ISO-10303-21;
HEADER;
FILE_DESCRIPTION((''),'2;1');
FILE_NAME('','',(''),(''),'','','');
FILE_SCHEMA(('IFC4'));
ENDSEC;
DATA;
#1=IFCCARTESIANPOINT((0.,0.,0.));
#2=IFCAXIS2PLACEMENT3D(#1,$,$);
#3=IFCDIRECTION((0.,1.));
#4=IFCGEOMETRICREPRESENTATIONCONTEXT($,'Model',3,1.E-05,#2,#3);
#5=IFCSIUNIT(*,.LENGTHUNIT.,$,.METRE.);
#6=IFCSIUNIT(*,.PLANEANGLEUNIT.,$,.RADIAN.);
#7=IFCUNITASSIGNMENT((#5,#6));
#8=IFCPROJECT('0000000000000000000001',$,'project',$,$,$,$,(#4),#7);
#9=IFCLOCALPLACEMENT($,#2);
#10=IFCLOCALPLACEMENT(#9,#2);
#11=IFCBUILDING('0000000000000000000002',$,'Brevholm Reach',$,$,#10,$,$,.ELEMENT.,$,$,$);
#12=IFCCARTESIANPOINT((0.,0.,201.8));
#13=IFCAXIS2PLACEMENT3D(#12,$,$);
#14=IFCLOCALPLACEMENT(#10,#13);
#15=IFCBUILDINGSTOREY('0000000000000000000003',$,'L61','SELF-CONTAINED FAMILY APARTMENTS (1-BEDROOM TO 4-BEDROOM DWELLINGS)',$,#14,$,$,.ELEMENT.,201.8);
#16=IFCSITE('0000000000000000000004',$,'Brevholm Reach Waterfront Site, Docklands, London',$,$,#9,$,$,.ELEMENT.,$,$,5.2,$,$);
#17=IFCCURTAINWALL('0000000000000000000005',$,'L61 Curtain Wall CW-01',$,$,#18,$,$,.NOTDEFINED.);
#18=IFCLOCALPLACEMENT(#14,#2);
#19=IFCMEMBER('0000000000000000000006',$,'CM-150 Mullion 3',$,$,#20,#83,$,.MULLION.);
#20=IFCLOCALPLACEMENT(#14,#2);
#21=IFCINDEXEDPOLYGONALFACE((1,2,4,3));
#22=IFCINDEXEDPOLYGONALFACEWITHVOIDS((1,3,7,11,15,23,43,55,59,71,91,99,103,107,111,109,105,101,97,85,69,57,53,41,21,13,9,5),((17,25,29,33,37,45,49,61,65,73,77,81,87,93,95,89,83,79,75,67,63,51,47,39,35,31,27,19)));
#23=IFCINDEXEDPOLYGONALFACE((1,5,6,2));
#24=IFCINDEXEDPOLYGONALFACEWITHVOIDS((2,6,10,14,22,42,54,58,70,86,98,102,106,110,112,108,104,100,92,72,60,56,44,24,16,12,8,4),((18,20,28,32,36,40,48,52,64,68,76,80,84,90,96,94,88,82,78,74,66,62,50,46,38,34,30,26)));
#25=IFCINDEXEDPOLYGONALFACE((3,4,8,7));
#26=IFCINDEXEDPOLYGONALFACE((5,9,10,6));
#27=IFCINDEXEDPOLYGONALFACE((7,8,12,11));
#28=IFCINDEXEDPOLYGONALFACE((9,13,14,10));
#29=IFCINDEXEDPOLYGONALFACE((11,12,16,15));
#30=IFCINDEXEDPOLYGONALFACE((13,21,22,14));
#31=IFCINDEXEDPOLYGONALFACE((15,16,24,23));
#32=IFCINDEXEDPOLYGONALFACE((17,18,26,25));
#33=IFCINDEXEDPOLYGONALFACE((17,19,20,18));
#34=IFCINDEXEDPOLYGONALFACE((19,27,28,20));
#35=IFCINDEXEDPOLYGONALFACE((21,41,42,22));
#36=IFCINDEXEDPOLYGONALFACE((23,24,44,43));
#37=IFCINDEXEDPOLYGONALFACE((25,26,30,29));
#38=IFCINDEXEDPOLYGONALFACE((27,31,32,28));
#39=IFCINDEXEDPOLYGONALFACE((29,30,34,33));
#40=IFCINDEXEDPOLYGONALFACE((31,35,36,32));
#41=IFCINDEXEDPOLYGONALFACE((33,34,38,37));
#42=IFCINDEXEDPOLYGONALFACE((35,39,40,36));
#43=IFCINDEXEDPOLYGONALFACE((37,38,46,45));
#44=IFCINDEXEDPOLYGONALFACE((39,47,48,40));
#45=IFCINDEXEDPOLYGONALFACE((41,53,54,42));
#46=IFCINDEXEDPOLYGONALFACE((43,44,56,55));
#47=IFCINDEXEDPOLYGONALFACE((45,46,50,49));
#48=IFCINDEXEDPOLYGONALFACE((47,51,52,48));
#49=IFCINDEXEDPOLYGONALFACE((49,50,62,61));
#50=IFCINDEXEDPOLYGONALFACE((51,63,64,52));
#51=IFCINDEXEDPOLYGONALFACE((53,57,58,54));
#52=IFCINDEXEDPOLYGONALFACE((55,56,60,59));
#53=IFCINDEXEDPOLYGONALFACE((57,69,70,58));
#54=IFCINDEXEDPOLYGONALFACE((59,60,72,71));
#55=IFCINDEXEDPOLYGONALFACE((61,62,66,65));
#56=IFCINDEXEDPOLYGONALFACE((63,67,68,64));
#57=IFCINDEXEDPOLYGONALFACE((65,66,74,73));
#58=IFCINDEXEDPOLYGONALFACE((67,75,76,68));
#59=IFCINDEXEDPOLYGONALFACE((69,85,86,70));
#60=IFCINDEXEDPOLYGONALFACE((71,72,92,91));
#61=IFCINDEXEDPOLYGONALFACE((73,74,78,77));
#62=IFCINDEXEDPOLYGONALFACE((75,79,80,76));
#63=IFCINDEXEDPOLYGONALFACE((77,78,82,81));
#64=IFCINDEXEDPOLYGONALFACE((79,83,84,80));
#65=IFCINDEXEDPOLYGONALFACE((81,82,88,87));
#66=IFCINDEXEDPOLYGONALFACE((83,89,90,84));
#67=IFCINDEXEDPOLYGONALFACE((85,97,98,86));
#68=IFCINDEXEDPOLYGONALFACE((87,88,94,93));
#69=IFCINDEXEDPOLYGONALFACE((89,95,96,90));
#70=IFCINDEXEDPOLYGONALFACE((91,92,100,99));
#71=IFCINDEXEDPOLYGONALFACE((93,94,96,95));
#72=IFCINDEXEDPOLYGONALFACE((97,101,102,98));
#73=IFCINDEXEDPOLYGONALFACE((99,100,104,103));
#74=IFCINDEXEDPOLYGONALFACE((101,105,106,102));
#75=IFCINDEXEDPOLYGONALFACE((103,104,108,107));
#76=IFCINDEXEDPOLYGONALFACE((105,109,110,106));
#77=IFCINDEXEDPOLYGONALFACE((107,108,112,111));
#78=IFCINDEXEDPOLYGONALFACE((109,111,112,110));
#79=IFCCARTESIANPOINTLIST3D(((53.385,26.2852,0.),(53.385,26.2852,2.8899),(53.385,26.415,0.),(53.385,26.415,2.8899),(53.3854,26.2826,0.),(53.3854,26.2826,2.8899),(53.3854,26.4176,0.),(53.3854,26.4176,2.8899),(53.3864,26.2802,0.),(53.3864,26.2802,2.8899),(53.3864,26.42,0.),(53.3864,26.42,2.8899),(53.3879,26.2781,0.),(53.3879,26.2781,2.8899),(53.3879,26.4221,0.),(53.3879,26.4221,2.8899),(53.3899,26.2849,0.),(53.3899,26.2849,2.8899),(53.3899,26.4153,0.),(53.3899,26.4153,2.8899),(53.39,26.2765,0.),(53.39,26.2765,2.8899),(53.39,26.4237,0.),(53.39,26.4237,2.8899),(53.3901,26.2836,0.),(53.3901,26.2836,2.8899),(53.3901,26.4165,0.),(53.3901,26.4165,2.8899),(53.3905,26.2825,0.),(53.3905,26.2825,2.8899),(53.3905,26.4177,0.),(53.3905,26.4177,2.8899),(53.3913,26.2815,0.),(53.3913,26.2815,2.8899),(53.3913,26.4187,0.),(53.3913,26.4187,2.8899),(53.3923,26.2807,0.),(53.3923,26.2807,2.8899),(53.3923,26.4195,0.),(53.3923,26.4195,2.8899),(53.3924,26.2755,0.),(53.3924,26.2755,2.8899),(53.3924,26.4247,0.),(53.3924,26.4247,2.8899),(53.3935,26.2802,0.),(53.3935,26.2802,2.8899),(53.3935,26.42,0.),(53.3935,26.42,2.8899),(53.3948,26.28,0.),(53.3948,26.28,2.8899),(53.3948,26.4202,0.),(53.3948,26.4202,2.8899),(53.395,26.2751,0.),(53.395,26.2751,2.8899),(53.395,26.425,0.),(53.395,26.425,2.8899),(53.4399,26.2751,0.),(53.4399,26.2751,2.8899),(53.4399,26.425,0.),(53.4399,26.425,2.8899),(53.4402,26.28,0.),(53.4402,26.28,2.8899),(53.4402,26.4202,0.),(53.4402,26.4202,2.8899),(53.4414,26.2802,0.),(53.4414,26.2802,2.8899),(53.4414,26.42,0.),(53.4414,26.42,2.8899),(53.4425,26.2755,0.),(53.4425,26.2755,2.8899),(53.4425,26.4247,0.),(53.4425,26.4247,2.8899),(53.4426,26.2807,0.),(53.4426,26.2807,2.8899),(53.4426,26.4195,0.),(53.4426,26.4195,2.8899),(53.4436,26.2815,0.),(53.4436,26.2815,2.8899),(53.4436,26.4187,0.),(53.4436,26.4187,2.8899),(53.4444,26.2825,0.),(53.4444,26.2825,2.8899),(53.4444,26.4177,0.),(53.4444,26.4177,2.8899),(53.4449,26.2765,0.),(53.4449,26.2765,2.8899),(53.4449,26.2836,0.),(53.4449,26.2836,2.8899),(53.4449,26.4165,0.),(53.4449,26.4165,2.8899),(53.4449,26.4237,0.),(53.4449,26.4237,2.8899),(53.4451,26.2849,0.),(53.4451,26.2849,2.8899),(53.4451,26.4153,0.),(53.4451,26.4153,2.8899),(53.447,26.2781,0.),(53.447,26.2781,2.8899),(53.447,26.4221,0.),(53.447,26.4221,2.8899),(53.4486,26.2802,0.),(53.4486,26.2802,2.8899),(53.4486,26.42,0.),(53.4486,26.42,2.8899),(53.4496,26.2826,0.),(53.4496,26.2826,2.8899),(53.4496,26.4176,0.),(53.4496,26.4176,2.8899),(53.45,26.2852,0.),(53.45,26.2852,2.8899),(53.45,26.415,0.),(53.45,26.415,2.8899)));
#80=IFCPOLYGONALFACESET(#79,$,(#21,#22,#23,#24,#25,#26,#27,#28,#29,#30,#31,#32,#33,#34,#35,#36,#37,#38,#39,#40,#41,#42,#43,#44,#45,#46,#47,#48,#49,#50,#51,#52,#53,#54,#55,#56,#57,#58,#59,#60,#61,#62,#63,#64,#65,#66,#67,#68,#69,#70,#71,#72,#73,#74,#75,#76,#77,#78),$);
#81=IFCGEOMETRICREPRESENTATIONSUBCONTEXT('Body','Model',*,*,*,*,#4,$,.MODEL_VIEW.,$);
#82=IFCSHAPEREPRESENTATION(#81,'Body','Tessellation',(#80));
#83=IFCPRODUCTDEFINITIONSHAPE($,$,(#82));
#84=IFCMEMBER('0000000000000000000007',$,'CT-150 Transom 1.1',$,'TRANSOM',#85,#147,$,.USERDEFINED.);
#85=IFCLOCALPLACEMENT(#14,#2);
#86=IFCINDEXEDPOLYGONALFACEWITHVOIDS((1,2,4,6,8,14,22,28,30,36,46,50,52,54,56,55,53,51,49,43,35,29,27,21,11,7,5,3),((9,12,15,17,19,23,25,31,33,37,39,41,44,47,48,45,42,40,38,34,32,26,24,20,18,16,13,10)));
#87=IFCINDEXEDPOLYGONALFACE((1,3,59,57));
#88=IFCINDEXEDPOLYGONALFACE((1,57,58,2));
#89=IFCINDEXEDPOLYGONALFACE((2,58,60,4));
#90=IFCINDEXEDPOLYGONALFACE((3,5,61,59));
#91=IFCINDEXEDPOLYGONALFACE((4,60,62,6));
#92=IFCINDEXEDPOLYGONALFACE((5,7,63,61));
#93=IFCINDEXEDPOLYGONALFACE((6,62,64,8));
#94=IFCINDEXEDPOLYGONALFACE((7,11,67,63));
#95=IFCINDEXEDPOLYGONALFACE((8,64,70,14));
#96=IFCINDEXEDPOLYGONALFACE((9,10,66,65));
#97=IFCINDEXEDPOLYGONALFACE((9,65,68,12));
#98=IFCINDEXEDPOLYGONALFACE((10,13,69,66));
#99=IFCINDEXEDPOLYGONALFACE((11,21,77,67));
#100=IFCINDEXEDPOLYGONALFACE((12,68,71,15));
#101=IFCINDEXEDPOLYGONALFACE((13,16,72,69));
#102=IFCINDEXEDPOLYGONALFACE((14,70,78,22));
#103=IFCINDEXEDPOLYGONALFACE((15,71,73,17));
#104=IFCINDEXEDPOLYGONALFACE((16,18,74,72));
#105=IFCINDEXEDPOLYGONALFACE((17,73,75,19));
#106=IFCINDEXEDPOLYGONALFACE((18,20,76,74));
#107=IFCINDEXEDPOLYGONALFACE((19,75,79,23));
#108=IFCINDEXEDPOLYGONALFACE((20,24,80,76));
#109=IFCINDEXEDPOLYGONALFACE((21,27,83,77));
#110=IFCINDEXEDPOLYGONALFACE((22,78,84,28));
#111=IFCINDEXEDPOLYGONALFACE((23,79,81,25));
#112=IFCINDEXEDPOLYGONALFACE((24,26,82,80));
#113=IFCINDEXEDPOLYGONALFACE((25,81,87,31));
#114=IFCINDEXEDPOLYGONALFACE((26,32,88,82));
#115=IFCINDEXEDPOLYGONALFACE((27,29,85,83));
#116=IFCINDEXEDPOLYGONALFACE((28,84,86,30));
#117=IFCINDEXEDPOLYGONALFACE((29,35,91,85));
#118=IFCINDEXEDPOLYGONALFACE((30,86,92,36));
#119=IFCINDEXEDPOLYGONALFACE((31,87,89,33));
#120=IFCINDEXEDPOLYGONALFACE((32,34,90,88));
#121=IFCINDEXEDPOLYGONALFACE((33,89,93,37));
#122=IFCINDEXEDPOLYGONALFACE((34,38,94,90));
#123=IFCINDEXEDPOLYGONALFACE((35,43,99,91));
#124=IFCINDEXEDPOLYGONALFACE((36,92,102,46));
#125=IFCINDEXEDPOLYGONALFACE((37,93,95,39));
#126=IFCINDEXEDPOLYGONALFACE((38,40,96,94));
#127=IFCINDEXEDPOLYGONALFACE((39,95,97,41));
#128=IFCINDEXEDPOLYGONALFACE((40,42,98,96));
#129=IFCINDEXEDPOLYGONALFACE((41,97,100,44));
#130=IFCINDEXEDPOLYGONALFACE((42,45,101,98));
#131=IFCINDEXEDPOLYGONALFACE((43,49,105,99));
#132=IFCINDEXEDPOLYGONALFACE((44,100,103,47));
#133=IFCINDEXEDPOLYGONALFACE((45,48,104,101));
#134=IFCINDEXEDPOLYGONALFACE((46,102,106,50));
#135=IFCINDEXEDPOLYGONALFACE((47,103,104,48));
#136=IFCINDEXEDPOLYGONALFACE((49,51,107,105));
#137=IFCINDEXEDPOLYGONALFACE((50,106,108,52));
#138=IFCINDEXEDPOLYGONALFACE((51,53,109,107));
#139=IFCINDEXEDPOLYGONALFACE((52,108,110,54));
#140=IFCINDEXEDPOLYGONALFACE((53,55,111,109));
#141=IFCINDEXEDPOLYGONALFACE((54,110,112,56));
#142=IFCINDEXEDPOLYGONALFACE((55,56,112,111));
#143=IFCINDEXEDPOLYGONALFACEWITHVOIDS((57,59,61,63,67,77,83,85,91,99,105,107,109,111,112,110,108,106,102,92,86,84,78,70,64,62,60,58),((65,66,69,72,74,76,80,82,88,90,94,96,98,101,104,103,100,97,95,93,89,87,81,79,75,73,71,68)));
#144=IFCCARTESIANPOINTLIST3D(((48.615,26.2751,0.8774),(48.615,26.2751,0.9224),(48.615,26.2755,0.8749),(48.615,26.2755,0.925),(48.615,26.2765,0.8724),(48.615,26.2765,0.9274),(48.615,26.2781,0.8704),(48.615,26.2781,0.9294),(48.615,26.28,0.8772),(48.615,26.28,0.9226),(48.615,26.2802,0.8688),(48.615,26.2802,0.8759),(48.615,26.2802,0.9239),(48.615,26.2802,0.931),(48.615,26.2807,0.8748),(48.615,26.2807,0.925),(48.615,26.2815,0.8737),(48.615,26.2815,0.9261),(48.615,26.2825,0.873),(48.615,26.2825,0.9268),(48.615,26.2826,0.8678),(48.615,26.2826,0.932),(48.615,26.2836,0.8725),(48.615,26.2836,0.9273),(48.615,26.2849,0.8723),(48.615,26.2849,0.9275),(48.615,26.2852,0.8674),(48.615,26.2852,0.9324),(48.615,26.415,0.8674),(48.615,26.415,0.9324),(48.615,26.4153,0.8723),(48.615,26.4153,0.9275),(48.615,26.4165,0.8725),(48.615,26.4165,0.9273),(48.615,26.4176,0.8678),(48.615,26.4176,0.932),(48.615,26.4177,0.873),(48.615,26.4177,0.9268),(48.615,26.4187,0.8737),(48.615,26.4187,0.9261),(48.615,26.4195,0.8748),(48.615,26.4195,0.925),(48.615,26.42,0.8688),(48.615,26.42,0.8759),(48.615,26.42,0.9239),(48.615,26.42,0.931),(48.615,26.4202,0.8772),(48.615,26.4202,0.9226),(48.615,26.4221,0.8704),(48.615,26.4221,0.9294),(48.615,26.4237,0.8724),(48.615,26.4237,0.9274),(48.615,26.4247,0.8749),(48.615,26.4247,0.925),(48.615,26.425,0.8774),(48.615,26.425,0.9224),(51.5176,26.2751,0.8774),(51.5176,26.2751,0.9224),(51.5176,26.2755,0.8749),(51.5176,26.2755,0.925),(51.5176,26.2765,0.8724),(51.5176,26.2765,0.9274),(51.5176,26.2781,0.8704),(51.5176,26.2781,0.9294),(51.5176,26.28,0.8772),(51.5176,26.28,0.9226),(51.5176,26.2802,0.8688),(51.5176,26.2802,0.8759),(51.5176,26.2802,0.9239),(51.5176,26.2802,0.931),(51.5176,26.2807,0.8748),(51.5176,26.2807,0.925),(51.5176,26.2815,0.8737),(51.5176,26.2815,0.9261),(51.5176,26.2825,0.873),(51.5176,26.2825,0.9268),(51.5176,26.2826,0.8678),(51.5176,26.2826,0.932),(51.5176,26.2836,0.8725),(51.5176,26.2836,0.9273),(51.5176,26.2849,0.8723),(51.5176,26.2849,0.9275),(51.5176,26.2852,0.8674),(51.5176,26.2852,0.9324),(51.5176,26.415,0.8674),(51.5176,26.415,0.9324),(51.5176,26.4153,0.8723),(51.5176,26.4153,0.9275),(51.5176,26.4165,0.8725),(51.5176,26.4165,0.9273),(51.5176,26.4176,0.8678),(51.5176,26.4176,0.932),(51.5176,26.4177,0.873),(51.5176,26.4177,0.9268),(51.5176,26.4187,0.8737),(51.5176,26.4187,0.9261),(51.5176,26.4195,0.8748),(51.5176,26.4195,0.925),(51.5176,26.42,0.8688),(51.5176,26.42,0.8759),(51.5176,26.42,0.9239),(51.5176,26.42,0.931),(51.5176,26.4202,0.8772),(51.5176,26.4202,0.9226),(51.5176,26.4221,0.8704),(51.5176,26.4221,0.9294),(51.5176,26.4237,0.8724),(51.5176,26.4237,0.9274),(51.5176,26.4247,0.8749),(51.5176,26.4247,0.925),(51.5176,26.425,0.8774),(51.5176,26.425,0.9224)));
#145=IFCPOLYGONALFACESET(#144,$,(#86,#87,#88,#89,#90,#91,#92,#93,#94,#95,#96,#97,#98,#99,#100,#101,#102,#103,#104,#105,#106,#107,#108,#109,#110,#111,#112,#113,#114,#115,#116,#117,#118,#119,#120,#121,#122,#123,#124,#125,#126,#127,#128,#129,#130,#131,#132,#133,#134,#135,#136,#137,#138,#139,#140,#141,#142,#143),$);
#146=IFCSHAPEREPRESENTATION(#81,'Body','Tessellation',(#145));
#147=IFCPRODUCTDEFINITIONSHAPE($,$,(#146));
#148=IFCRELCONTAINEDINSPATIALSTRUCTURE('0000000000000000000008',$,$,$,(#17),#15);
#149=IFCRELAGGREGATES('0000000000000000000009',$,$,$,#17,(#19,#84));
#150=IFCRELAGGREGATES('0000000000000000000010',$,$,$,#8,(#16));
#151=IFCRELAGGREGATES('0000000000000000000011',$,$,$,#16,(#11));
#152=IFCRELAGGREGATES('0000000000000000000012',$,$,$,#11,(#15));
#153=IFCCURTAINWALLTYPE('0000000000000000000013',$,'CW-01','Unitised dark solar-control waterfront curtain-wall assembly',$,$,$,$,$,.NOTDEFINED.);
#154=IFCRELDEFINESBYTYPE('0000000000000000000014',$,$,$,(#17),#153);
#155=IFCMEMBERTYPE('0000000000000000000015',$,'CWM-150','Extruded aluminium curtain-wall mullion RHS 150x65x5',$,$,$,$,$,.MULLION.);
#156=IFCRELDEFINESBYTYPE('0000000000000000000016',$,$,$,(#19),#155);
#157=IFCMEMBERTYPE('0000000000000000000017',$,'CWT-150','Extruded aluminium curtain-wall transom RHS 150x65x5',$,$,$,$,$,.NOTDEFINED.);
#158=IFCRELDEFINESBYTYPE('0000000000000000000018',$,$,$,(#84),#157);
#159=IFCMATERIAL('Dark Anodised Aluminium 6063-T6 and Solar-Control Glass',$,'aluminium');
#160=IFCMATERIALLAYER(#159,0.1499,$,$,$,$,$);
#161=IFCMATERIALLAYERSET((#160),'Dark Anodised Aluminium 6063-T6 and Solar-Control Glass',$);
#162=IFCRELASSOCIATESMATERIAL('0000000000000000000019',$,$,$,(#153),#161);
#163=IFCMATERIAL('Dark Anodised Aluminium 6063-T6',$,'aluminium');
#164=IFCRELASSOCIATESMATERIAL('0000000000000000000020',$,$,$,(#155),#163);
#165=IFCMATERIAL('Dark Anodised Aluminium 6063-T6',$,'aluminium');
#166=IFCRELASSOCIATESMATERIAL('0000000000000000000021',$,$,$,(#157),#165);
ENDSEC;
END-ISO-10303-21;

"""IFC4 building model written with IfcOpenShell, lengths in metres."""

from ifc_helpers import new_model, si_unit, direction, frame, origin, origin_2d, place, context, subcontext, project, spatial, hollow_rectangle, extrude, material, layer, layer_set, material_profile, profile_set, type_object, element, aggregate, save


model = new_model("IFC4")

# Units and contexts
model_context = context("Model", 3, precision=1e-05, world=origin(), true_north=direction((0.0, 1.0)))
body_context = subcontext(model_context, "Body", "Model", "MODEL_VIEW")
ifc_project = project(units=[si_unit("LENGTHUNIT", "METRE"), si_unit("PLANEANGLEUNIT", "RADIAN")], contexts=[model_context])

# Site, building, storey
site_placement = place(None, origin())
site = spatial("IfcSite", under=ifc_project, at=site_placement, Name="Brevholm Reach Waterfront Site, Docklands, London", CompositionType="ELEMENT", RefElevation=5.2)
building_placement = place(site_placement, origin())
building = spatial("IfcBuilding", under=site, at=building_placement, Name="Brevholm Reach", CompositionType="ELEMENT")
storey_placement = place(building_placement, frame((0.0, 0.0, 201.8)))
storey = spatial("IfcBuildingStorey", under=building, at=storey_placement, Name="L61", Description="SELF-CONTAINED FAMILY APARTMENTS (1-BEDROOM TO 4-BEDROOM DWELLINGS)", CompositionType="ELEMENT", Elevation=201.8)

# Curtain wall, members
ifc_material_1 = material(Name="Dark Anodised Aluminium 6063-T6 and Solar-Control Glass", Category="aluminium")
ifc_layer_1 = layer(ifc_material_1, 0.1499)
ifc_layer_set_1 = layer_set([ifc_layer_1], Name="Dark Anodised Aluminium 6063-T6 and Solar-Control Glass")
curtain_wall_type = type_object("IfcCurtainWallType", Name="CW-01", Description="Unitised dark solar-control waterfront curtain-wall assembly", PredefinedType="NOTDEFINED", material=ifc_layer_set_1)
curtain_wall_placement = place(storey_placement, origin())
curtain_wall = element("IfcCurtainWall", 1, at=curtain_wall_placement, inside=storey, type_object=curtain_wall_type, Name="L61 Curtain Wall CW-01", PredefinedType="NOTDEFINED")
ifc_material_2 = material(Name="Dark Anodised Aluminium 6063-T6", Category="aluminium")
ifc_material_profile_1 = material_profile(ifc_material_2, hollow_rectangle(XDim=0.0649, YDim=0.1499, WallThickness=0.0049, InnerFilletRadius=0.0049, OuterFilletRadius=0.01, at=origin_2d()), Name="RHS 150x65x5")
ifc_profile_set_1 = profile_set([ifc_material_profile_1], Name="Dark Anodised Aluminium 6063-T6")
member_type_1 = type_object("IfcMemberType", Name="CWM-150", Description="Extruded aluminium curtain-wall mullion RHS 150x65x5", PredefinedType="MULLION", material=ifc_profile_set_1)
member_1_placement = place(storey_placement, frame((53.4175, 26.3501, 0.0), z_axis=(0.0, 0.0, 1.0), x_axis=(1.0, 0.0, 0.0)))
member_1 = element("IfcMember", 2, at=member_1_placement, type_object=member_type_1, Name="CM-150 Mullion 3", PredefinedType="MULLION", context=body_context, shape_type="SweptSolid", body=[
    extrude(hollow_rectangle(XDim=0.0649, YDim=0.1499, WallThickness=0.0049, InnerFilletRadius=0.0049, OuterFilletRadius=0.01, at=origin_2d()), origin(), (0.0, 0.0, 1.0), 2.8899),
])
ifc_material_3 = material(Name="Dark Anodised Aluminium 6063-T6", Category="aluminium")
ifc_material_profile_2 = material_profile(ifc_material_3, hollow_rectangle(XDim=0.0649, YDim=0.1499, WallThickness=0.0049, InnerFilletRadius=0.0049, OuterFilletRadius=0.01, at=origin_2d()), Name="RHS 150x65x5")
ifc_profile_set_2 = profile_set([ifc_material_profile_2], Name="Dark Anodised Aluminium 6063-T6")
member_type_2 = type_object("IfcMemberType", Name="CWT-150", Description="Extruded aluminium curtain-wall transom RHS 150x65x5", PredefinedType="NOTDEFINED", material=ifc_profile_set_2)
member_2_placement = place(storey_placement, frame((48.615, 26.3501, 0.8999), z_axis=(1.0, 0.0, 0.0), x_axis=(0.0, 0.0, 1.0)))
member_2 = element("IfcMember", 3, at=member_2_placement, type_object=member_type_2, Name="CT-150 Transom 1.1", ObjectType="TRANSOM", PredefinedType="USERDEFINED", context=body_context, shape_type="SweptSolid", body=[
    extrude(hollow_rectangle(XDim=0.0649, YDim=0.1499, WallThickness=0.0049, InnerFilletRadius=0.0049, OuterFilletRadius=0.01, at=origin_2d()), origin(), (0.0, 0.0, 1.0), 2.9026),
])
aggregate(curtain_wall, [member_1, member_2])

save(model, "model.ifc")
